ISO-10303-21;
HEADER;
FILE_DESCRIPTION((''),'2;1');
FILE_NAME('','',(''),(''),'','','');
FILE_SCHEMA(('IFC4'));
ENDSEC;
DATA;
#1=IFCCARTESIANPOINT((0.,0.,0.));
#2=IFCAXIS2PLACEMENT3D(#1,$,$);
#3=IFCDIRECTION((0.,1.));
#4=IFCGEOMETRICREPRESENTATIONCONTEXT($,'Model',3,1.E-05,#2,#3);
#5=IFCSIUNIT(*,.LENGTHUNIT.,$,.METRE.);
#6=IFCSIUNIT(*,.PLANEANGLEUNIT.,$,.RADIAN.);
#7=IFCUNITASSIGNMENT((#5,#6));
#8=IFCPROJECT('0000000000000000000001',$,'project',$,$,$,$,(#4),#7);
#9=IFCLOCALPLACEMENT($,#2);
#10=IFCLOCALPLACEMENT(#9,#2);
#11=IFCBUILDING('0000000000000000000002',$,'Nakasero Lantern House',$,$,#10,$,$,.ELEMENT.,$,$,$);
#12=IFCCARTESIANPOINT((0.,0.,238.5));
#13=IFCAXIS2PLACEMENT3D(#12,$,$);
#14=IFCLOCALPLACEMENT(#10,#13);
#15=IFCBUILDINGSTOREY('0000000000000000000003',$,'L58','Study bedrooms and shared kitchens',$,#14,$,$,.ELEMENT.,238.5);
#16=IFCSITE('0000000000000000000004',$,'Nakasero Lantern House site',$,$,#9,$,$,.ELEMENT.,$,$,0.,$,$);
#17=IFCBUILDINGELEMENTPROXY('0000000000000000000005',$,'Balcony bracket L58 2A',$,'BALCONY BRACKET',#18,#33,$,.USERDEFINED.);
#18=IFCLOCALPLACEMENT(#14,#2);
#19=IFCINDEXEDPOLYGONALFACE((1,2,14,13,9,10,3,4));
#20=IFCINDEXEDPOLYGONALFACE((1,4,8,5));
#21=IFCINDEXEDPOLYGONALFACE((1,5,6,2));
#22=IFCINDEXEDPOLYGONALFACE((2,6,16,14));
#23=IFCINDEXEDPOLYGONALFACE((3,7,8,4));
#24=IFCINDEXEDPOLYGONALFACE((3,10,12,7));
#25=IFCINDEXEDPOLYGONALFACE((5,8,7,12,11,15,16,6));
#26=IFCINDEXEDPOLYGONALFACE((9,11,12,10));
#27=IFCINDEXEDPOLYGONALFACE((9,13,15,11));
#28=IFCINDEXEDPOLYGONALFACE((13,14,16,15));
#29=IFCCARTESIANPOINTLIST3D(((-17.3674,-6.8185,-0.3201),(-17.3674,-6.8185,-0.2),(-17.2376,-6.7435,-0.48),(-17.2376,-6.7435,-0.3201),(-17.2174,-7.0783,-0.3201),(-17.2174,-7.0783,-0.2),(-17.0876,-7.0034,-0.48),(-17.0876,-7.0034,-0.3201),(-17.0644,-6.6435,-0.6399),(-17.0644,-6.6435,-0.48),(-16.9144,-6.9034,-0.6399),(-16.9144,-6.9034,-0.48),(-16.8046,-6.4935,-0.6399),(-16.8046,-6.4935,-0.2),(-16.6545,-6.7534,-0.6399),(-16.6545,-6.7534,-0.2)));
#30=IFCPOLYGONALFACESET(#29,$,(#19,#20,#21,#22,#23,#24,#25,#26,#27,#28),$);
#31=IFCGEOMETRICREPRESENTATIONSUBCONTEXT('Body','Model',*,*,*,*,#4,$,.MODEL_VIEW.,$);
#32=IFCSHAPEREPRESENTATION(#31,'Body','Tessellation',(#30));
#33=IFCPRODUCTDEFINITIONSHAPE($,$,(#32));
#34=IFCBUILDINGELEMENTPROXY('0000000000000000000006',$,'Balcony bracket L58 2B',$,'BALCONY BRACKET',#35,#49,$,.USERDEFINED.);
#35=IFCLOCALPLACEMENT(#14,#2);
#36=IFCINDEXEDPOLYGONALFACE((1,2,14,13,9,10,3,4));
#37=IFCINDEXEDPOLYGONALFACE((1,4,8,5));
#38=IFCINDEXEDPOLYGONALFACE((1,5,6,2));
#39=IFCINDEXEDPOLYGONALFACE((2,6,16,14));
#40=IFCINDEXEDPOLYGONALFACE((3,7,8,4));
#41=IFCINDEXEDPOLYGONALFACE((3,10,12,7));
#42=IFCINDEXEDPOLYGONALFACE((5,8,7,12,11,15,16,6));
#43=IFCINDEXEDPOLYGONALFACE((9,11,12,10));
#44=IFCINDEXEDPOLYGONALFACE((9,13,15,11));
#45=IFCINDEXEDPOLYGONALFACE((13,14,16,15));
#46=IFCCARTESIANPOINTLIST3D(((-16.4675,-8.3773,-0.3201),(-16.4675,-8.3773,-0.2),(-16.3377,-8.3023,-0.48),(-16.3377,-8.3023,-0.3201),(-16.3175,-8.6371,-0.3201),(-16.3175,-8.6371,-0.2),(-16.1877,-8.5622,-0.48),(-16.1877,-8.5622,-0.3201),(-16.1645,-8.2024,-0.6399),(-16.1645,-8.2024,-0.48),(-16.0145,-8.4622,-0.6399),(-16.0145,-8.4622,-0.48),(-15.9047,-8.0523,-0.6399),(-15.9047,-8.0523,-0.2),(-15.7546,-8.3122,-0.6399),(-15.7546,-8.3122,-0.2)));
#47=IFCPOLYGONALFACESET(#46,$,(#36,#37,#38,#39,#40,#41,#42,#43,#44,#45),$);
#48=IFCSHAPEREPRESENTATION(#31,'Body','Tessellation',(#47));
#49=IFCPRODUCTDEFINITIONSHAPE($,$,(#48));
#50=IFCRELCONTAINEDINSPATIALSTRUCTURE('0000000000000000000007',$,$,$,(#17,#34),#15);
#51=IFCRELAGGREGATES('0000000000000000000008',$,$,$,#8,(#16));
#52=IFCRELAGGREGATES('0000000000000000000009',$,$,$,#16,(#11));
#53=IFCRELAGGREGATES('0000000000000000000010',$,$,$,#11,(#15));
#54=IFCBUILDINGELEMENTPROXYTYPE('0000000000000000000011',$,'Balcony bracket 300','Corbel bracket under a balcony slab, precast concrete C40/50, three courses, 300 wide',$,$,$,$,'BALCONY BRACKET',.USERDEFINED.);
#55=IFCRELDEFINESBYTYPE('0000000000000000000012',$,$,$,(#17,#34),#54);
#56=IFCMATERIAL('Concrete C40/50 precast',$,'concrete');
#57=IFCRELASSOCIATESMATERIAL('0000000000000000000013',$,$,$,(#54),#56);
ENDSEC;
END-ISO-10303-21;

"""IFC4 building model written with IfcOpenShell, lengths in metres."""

from ifc_helpers import new_model, si_unit, direction, frame, origin, place, context, subcontext, project, spatial, polyline, outline, extrude, material, type_object, element, save


model = new_model("IFC4")

# Units and contexts
model_context = context("Model", 3, precision=1e-05, world=origin(), true_north=direction((0.0, 1.0)))
body_context = subcontext(model_context, "Body", "Model", "MODEL_VIEW")
ifc_project = project(units=[si_unit("LENGTHUNIT", "METRE"), si_unit("PLANEANGLEUNIT", "RADIAN")], contexts=[model_context])

# Site, building, storey
site_placement = place(None, origin())
site = spatial("IfcSite", under=ifc_project, at=site_placement, Name="Nakasero Lantern House site", CompositionType="ELEMENT", RefElevation=0.0)
building_placement = place(site_placement, origin())
building = spatial("IfcBuilding", under=site, at=building_placement, Name="Nakasero Lantern House", CompositionType="ELEMENT")
storey_placement = place(building_placement, frame((0.0, 0.0, 238.5)))
storey = spatial("IfcBuildingStorey", under=building, at=storey_placement, Name="L58", Description="Study bedrooms and shared kitchens", CompositionType="ELEMENT", Elevation=238.5)

# Building element proxies
ifc_material_1 = material(Name="Concrete C40/50 precast", Category="concrete")
building_element_proxy_type = type_object("IfcBuildingElementProxyType", Name="Balcony bracket 300", Description="Corbel bracket under a balcony slab, precast concrete C40/50, three courses, 300 wide", ElementType="BALCONY BRACKET", PredefinedType="USERDEFINED", material=ifc_material_1)
for number, where, z_axis, x_axis, name in (
    (1, (-16.7295, -6.6235, -0.2), (0.0, 0.0, 1.0), (-0.866025, -0.5, 0.0), "Balcony bracket L58 2A"),
    (2, (-15.8296, -8.1824, -0.2), (0.0, 0.0, 1.0), (-0.866025, -0.5, 0.0), "Balcony bracket L58 2B"),
):
    element("IfcBuildingElementProxy", number, at=place(storey_placement, frame(where, z_axis=z_axis, x_axis=x_axis)), inside=storey, type_object=building_element_proxy_type, Name=name, ObjectType="BALCONY BRACKET", PredefinedType="USERDEFINED", context=body_context, shape_type="SweptSolid", body=[
        extrude(outline(polyline([(0.0, 0.0), (0.6499, 0.0), (0.6499, -0.1201), (0.5, -0.1201), (0.5, -0.28), (0.3, -0.28), (0.3, -0.4399), (0.0, -0.4399), (0.0, 0.0)])), frame((0.0, 0.1499, 0.0), z_axis=(0.0, -1.0, 0.0), x_axis=(1.0, 0.0, 0.0)), (0.0, 0.0, 1.0), 0.3),
    ])

save(model, "model.ifc")
